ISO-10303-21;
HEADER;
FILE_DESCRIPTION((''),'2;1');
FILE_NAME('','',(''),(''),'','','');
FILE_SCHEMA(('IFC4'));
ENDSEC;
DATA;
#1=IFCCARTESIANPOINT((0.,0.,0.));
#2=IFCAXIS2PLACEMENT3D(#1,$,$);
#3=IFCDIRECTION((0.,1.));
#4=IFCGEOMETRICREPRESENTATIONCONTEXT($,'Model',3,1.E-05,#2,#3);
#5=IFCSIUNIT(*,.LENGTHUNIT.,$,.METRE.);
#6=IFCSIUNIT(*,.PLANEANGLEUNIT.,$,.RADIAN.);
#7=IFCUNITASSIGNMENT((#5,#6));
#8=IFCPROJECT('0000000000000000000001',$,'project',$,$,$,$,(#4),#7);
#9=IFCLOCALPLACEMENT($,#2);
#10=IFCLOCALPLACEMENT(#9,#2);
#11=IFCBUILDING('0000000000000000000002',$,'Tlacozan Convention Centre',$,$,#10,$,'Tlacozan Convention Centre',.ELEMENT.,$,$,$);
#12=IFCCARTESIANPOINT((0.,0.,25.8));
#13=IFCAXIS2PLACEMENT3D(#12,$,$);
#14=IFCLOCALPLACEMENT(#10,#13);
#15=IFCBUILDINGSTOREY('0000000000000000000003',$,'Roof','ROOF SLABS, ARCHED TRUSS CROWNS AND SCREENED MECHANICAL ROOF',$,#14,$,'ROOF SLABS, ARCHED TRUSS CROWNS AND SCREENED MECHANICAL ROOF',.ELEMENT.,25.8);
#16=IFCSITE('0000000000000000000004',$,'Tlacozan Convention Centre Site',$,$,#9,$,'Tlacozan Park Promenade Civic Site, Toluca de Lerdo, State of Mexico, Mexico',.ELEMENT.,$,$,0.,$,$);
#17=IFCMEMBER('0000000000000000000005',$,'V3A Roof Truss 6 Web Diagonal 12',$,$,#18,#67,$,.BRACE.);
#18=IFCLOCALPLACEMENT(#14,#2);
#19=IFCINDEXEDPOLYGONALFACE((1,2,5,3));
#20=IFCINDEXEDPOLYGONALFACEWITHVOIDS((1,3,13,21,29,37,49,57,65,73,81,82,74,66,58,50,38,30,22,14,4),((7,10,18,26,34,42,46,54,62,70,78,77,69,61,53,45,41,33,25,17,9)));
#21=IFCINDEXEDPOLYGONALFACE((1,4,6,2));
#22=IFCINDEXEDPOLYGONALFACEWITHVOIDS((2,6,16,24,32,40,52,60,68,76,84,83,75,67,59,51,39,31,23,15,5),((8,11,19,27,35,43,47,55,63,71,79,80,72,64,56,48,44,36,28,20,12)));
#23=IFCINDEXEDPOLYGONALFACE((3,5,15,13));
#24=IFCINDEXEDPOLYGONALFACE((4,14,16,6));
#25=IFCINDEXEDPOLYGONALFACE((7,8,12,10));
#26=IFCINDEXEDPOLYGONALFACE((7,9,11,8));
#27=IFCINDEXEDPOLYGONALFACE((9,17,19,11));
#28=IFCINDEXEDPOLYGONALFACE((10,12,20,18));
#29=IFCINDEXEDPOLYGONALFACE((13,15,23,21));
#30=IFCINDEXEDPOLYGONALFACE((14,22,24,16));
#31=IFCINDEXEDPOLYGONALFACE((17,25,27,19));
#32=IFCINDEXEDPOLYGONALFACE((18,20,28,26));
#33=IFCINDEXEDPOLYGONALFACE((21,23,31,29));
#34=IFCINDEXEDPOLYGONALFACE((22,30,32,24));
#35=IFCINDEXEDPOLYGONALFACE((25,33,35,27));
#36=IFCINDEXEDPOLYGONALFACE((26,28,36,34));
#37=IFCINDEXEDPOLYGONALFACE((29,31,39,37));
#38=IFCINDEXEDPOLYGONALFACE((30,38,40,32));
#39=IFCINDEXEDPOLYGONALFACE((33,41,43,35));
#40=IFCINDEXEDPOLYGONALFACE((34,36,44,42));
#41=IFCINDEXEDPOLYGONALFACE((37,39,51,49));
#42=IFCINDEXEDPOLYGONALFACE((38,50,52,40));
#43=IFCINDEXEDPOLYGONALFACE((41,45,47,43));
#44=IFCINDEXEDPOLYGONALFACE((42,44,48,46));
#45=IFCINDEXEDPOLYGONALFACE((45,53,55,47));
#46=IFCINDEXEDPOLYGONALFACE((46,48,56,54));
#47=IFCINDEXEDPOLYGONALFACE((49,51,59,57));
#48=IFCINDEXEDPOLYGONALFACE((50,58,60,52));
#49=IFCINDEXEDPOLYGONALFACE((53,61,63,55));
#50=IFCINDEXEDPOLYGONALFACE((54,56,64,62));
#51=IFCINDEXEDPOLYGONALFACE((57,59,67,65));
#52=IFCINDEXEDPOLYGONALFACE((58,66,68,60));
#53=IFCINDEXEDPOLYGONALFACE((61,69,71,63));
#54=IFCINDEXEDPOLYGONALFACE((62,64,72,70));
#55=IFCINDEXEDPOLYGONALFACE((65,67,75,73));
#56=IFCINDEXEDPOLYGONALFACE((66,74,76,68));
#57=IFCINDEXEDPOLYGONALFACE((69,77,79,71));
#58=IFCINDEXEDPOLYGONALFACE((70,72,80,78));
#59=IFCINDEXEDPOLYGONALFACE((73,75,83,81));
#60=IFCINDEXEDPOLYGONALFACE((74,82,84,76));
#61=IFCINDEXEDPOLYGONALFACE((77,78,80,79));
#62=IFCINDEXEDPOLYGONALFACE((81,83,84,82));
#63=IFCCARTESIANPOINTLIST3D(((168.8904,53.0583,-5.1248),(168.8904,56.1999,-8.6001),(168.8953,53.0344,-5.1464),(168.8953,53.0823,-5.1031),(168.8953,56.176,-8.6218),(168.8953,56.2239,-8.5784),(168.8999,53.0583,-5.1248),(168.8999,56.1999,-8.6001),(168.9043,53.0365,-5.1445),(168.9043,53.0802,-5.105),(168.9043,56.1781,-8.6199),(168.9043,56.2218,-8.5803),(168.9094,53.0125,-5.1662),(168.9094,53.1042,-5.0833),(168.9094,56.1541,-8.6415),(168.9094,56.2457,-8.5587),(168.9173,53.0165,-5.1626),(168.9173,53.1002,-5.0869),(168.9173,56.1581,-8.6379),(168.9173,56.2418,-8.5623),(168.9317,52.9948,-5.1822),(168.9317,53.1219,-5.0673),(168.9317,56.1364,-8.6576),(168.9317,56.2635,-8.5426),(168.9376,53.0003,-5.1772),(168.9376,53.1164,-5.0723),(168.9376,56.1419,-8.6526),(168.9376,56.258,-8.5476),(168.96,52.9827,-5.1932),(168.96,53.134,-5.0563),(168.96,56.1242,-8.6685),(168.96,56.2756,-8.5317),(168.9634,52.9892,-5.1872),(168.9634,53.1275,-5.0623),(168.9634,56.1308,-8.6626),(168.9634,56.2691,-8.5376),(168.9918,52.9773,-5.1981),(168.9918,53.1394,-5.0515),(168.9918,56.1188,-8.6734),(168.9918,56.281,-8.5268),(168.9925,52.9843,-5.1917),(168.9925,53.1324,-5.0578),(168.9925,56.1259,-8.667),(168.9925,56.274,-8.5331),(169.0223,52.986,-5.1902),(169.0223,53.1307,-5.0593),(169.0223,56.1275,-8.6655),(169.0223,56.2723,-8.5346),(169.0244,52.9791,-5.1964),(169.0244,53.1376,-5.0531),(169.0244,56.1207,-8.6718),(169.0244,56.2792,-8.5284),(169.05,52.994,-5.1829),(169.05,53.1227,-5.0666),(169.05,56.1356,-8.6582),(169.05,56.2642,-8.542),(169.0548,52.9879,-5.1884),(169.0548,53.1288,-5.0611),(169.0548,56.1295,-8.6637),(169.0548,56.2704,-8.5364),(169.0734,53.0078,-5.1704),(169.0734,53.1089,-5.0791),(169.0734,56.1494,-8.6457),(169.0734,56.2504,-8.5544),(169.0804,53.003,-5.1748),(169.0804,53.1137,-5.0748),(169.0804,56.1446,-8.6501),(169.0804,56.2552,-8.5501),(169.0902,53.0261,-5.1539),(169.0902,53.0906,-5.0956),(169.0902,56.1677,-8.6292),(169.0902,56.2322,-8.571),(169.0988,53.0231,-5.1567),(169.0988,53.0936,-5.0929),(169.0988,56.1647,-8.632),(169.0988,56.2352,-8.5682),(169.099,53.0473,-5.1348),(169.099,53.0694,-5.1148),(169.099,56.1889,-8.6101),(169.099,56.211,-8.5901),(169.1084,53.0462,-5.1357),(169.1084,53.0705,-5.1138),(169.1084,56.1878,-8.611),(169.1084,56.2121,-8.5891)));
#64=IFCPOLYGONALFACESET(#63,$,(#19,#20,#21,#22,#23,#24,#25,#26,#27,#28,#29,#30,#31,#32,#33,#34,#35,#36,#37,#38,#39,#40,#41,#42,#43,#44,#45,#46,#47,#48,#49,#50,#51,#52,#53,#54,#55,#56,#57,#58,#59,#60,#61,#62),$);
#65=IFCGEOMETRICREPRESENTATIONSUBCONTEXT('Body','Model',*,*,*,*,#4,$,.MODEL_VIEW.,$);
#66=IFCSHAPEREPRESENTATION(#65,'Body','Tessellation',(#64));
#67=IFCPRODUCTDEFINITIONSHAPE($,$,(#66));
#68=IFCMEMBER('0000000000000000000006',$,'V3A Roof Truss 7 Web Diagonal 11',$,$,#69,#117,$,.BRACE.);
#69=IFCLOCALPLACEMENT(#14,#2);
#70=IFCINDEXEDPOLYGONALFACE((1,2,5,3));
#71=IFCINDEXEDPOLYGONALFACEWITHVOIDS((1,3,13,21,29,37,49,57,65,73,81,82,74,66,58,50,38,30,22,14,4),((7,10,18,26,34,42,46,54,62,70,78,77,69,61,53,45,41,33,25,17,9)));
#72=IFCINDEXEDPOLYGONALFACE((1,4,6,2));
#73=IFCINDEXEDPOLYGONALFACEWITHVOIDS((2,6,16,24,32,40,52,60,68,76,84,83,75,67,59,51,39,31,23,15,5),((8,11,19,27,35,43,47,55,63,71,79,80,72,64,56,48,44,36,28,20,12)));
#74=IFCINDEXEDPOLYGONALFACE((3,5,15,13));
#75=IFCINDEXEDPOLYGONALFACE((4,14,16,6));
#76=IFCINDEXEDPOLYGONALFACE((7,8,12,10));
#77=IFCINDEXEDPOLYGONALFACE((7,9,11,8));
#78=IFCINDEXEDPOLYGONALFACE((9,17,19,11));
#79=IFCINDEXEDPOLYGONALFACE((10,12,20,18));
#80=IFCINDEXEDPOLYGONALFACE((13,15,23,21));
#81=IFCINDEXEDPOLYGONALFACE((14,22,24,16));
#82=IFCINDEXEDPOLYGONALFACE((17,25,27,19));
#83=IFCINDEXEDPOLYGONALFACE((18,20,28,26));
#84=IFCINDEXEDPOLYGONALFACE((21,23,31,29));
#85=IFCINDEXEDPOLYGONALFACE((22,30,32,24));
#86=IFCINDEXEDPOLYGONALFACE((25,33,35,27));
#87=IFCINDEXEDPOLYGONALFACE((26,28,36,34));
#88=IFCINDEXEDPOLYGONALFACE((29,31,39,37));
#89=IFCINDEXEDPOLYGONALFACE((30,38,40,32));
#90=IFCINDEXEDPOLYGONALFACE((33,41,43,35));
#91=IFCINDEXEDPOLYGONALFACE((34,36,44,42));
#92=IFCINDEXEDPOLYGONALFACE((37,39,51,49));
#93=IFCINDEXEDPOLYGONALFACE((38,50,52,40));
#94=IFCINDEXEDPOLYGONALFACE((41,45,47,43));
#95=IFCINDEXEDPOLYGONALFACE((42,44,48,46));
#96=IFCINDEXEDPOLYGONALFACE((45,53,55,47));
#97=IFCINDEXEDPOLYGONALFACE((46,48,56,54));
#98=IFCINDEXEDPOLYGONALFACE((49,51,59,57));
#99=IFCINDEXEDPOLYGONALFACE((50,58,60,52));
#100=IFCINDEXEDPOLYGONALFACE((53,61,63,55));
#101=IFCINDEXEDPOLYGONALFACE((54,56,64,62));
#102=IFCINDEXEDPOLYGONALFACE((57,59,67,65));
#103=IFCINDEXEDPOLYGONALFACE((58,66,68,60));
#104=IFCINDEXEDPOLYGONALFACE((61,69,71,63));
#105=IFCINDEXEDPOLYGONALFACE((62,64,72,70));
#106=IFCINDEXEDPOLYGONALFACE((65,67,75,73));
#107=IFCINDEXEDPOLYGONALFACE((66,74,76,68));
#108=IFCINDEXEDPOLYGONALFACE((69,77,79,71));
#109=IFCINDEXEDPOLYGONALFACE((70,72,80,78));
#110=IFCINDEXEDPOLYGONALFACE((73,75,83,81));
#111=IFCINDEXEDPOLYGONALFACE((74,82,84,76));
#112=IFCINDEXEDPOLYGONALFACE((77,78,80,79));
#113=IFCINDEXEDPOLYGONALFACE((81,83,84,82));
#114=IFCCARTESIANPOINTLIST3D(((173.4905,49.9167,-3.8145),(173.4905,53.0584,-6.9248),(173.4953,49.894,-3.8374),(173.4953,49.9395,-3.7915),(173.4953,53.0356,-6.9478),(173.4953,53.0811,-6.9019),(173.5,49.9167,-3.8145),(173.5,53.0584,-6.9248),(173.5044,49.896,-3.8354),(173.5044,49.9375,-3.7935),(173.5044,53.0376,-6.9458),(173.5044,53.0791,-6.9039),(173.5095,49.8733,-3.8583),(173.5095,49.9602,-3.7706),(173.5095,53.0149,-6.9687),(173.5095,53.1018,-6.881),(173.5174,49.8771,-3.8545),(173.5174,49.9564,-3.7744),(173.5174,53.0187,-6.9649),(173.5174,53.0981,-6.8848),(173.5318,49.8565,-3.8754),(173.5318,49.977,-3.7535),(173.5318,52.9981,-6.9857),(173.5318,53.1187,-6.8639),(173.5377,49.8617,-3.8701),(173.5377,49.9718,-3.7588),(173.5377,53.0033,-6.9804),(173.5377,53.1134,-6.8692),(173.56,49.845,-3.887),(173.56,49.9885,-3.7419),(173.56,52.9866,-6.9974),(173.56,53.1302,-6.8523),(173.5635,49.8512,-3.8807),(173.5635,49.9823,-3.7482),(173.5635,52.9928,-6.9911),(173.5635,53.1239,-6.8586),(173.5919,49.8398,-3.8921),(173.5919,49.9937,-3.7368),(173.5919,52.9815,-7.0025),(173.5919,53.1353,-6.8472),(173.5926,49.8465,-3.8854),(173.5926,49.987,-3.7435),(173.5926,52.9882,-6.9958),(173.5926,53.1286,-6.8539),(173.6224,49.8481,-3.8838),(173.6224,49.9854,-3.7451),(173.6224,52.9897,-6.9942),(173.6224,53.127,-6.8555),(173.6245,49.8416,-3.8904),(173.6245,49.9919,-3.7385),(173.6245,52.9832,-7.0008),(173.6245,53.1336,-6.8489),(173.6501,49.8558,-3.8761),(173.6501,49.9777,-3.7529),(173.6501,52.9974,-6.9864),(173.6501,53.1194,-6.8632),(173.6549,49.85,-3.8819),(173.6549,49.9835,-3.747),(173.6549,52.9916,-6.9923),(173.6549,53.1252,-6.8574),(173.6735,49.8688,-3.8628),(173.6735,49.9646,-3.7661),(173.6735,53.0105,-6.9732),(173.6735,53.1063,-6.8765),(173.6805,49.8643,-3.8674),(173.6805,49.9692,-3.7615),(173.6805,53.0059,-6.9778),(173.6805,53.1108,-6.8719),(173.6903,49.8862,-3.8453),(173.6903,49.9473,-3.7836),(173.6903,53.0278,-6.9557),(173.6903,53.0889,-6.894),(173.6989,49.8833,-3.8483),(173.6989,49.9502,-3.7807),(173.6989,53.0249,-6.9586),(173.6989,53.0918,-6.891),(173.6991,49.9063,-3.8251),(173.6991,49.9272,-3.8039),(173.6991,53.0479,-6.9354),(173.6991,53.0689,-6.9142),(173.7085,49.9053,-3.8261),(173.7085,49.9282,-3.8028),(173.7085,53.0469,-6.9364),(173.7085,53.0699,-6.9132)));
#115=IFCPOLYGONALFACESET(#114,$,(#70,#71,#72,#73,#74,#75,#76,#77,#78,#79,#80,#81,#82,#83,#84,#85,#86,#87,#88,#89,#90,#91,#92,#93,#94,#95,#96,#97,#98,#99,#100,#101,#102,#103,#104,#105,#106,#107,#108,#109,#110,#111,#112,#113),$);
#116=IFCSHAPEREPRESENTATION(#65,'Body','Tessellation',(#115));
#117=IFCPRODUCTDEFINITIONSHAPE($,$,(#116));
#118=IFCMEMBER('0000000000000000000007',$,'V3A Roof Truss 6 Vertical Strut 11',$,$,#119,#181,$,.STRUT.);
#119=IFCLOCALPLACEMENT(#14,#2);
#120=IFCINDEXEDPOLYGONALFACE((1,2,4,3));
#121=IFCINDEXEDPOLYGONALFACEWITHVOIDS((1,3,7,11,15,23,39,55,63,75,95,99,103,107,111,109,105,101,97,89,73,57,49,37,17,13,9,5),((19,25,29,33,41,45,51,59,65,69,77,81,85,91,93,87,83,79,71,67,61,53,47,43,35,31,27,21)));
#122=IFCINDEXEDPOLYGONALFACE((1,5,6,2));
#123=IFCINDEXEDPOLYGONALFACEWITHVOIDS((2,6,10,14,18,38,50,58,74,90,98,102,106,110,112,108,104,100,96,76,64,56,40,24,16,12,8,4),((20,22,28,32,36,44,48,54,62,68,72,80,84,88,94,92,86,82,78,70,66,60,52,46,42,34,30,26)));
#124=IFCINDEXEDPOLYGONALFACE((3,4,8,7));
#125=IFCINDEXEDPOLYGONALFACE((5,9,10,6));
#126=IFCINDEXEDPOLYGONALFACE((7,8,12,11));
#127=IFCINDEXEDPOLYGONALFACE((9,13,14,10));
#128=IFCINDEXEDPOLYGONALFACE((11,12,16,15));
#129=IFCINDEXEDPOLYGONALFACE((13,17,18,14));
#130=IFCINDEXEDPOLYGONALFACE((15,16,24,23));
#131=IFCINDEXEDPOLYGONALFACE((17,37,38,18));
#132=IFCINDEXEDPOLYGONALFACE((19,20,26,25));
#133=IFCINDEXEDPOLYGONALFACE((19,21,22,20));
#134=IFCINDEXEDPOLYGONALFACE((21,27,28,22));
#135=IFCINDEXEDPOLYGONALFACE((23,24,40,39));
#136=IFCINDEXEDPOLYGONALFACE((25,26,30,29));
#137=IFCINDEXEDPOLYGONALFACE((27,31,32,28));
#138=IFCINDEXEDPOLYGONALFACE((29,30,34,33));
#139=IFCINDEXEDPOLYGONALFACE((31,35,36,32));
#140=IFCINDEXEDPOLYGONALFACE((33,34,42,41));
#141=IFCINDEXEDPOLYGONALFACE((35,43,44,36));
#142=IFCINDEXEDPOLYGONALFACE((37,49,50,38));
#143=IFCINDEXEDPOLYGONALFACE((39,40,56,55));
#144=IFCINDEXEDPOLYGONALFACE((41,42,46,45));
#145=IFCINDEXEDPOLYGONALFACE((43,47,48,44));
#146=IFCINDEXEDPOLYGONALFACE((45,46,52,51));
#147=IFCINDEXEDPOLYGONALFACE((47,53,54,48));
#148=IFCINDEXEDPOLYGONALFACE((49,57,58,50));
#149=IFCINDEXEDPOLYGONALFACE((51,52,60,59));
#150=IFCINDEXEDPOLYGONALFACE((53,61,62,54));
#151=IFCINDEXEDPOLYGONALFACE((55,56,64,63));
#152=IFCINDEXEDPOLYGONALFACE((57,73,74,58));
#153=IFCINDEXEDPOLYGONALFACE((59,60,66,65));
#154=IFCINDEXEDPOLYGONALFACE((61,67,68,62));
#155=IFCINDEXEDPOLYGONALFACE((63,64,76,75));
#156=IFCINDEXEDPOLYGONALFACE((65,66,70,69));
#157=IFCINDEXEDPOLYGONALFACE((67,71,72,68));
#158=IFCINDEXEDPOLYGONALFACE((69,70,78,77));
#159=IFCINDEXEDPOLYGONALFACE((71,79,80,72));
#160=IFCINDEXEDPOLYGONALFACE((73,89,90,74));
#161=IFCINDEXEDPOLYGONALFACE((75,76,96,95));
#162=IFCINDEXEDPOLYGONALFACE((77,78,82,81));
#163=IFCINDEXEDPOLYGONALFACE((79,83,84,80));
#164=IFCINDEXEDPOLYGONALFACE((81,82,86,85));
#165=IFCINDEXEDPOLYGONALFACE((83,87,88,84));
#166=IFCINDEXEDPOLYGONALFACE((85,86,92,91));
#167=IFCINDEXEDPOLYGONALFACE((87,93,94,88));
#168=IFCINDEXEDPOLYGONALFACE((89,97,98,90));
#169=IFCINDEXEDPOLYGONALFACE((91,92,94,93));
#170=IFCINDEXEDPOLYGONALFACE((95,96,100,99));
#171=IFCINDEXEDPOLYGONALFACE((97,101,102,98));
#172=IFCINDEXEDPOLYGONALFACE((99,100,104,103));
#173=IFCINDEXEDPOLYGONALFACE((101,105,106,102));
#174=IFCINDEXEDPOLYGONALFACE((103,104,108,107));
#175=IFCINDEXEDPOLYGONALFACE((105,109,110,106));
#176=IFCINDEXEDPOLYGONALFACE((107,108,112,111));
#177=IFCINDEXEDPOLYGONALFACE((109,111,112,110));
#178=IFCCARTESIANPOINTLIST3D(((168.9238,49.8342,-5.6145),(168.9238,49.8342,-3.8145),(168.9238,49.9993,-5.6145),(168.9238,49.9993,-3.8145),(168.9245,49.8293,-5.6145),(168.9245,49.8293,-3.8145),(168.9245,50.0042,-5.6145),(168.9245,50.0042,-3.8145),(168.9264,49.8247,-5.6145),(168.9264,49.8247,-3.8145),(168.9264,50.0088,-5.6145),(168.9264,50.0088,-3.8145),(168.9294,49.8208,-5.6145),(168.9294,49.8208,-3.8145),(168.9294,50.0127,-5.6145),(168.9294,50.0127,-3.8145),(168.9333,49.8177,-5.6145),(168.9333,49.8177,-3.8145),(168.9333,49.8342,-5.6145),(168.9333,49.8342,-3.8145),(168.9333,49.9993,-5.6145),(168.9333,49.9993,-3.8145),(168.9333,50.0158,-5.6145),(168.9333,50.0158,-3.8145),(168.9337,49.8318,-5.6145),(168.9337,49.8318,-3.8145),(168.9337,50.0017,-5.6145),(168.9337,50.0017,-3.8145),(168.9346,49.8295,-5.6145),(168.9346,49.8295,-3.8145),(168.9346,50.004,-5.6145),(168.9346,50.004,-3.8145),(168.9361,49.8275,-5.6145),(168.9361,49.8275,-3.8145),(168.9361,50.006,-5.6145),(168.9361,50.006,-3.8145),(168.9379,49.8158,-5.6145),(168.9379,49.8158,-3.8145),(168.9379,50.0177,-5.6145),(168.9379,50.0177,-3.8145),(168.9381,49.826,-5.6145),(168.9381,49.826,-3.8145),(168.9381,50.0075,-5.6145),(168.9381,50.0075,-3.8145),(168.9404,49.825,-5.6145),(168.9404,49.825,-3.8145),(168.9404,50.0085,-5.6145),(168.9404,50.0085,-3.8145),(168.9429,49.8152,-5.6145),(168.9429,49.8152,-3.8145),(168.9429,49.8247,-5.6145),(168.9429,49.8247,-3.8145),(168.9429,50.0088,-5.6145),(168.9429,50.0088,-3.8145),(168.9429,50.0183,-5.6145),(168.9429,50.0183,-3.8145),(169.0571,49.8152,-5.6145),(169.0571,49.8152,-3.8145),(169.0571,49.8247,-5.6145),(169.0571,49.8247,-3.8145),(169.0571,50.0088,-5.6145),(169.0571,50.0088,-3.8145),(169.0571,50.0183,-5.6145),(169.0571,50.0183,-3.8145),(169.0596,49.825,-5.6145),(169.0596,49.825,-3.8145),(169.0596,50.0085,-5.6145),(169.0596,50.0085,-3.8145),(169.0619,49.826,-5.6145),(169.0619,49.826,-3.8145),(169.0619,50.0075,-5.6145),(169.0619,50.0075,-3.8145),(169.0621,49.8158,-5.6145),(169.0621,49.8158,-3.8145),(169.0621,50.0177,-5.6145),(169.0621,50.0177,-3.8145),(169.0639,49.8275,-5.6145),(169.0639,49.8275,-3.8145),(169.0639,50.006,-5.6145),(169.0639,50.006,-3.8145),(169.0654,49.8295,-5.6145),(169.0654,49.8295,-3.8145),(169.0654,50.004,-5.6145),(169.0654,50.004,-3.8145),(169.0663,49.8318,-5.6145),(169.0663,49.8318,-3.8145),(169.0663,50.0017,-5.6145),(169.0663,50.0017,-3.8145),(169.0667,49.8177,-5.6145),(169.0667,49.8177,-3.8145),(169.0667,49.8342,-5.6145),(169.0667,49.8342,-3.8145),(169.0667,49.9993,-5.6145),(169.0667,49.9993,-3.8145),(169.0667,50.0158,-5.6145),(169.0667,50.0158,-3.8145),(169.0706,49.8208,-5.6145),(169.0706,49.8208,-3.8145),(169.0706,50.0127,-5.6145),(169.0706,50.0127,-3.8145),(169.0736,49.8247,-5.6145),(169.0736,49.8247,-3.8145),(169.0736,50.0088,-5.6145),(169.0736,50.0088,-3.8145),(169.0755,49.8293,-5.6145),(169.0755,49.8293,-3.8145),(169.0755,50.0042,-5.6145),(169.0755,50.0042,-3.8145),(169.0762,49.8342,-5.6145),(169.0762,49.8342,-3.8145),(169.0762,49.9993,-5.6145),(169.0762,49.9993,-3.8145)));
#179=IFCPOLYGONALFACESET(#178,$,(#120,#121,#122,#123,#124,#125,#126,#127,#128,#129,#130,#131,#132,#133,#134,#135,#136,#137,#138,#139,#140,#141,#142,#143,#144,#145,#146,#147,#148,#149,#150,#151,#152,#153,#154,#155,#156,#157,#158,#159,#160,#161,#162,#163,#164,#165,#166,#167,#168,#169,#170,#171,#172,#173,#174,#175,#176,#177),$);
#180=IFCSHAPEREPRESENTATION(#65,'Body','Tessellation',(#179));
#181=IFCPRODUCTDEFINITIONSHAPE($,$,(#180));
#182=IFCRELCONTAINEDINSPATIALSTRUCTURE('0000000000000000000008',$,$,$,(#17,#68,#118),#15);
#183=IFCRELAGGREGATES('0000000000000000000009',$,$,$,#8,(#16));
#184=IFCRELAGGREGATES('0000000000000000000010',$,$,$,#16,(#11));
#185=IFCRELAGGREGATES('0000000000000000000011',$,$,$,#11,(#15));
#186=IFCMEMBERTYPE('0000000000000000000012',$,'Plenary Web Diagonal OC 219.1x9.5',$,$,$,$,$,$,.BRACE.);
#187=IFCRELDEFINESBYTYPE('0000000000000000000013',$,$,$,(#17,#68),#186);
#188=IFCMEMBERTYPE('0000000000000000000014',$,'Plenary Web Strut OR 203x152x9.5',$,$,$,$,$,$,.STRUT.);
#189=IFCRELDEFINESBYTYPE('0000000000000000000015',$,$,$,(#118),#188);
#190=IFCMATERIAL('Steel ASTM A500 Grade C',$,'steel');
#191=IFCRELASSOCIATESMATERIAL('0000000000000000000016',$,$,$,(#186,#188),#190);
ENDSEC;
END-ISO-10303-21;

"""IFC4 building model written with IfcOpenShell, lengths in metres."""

from ifc_helpers import new_model, si_unit, direction, frame, origin, origin_2d, place, context, subcontext, project, spatial, hollow_rectangle, hollow_circle, extrude, material, material_profile, profile_set, type_object, element, save


model = new_model("IFC4")

# Units and contexts
model_context = context("Model", 3, precision=1e-05, world=origin(), true_north=direction((0.0, 1.0)))
body_context = subcontext(model_context, "Body", "Model", "MODEL_VIEW")
ifc_project = project(units=[si_unit("LENGTHUNIT", "METRE"), si_unit("PLANEANGLEUNIT", "RADIAN")], contexts=[model_context])

# Site, building, storey
site_placement = place(None, origin())
site = spatial("IfcSite", under=ifc_project, at=site_placement, Name="Tlacozan Convention Centre Site", LongName="Tlacozan Park Promenade Civic Site, Toluca de Lerdo, State of Mexico, Mexico", CompositionType="ELEMENT", RefElevation=0.0)
building_placement = place(site_placement, origin())
building = spatial("IfcBuilding", under=site, at=building_placement, Name="Tlacozan Convention Centre", LongName="Tlacozan Convention Centre", CompositionType="ELEMENT")
storey_placement = place(building_placement, frame((0.0, 0.0, 25.8)))
storey = spatial("IfcBuildingStorey", under=building, at=storey_placement, Name="Roof", Description="ROOF SLABS, ARCHED TRUSS CROWNS AND SCREENED MECHANICAL ROOF", LongName="ROOF SLABS, ARCHED TRUSS CROWNS AND SCREENED MECHANICAL ROOF", CompositionType="ELEMENT", Elevation=25.8)

# Members
ifc_material_1 = material(Name="Steel ASTM A500 Grade C", Category="steel")
ifc_material_profile_1 = material_profile(ifc_material_1, hollow_circle(Radius=0.1096, WallThickness=0.0095, at=origin_2d()), Name="OC 219.1x9.5")
ifc_profile_set_1 = profile_set([ifc_material_profile_1], Name="Steel ASTM A500 Grade C")
member_type_1 = type_object("IfcMemberType", Name="Plenary Web Diagonal OC 219.1x9.5", PredefinedType="BRACE", material=ifc_profile_set_1)
member_1_placement = place(storey_placement, frame((169.0, 53.0583, -5.1248), z_axis=(0.0, 0.67059, -0.741828), x_axis=(-1.0, 0.0, 0.0)))
element("IfcMember", 1, at=member_1_placement, inside=storey, type_object=member_type_1, Name="V3A Roof Truss 6 Web Diagonal 12", PredefinedType="BRACE", context=body_context, shape_type="SweptSolid", body=[
    extrude(hollow_circle(Radius=0.1096, WallThickness=0.0095, at=origin_2d()), origin(), (0.0, 0.0, 1.0), 4.6848),
])
member_2_placement = place(storey_placement, frame((173.6001, 49.9167, -3.8145), z_axis=(0.0, 0.710632, -0.703564), x_axis=(-1.0, 0.0, 0.0)))
element("IfcMember", 2, at=member_2_placement, inside=storey, type_object=member_type_1, Name="V3A Roof Truss 7 Web Diagonal 11", PredefinedType="BRACE", context=body_context, shape_type="SweptSolid", body=[
    extrude(hollow_circle(Radius=0.1096, WallThickness=0.0095, at=origin_2d()), origin(), (0.0, 0.0, 1.0), 4.4209),
])
ifc_material_profile_2 = material_profile(ifc_material_1, hollow_rectangle(XDim=0.1523, YDim=0.2031, WallThickness=0.0095, InnerFilletRadius=0.0095, OuterFilletRadius=0.019, at=origin_2d()), Name="OR 203x152x9.5")
ifc_profile_set_2 = profile_set([ifc_material_profile_2], Name="Steel ASTM A500 Grade C")
member_type_2 = type_object("IfcMemberType", Name="Plenary Web Strut OR 203x152x9.5", PredefinedType="STRUT", material=ifc_profile_set_2)
for number, where, z_axis, x_axis, name in (
    (3, (169.0, 49.9167, -5.6145), (0.0, 0.0, 1.0), (1.0, 0.0, 0.0), "V3A Roof Truss 6 Vertical Strut 11"),
):
    element("IfcMember", number, at=place(storey_placement, frame(where, z_axis=z_axis, x_axis=x_axis)), inside=storey, type_object=member_type_2, Name=name, PredefinedType="STRUT", context=body_context, shape_type="SweptSolid", body=[
        extrude(hollow_rectangle(XDim=0.1523, YDim=0.2031, WallThickness=0.0095, InnerFilletRadius=0.0095, OuterFilletRadius=0.019, at=origin_2d()), origin(), (0.0, 0.0, 1.0), 1.8),
    ])

save(model, "model.ifc")
